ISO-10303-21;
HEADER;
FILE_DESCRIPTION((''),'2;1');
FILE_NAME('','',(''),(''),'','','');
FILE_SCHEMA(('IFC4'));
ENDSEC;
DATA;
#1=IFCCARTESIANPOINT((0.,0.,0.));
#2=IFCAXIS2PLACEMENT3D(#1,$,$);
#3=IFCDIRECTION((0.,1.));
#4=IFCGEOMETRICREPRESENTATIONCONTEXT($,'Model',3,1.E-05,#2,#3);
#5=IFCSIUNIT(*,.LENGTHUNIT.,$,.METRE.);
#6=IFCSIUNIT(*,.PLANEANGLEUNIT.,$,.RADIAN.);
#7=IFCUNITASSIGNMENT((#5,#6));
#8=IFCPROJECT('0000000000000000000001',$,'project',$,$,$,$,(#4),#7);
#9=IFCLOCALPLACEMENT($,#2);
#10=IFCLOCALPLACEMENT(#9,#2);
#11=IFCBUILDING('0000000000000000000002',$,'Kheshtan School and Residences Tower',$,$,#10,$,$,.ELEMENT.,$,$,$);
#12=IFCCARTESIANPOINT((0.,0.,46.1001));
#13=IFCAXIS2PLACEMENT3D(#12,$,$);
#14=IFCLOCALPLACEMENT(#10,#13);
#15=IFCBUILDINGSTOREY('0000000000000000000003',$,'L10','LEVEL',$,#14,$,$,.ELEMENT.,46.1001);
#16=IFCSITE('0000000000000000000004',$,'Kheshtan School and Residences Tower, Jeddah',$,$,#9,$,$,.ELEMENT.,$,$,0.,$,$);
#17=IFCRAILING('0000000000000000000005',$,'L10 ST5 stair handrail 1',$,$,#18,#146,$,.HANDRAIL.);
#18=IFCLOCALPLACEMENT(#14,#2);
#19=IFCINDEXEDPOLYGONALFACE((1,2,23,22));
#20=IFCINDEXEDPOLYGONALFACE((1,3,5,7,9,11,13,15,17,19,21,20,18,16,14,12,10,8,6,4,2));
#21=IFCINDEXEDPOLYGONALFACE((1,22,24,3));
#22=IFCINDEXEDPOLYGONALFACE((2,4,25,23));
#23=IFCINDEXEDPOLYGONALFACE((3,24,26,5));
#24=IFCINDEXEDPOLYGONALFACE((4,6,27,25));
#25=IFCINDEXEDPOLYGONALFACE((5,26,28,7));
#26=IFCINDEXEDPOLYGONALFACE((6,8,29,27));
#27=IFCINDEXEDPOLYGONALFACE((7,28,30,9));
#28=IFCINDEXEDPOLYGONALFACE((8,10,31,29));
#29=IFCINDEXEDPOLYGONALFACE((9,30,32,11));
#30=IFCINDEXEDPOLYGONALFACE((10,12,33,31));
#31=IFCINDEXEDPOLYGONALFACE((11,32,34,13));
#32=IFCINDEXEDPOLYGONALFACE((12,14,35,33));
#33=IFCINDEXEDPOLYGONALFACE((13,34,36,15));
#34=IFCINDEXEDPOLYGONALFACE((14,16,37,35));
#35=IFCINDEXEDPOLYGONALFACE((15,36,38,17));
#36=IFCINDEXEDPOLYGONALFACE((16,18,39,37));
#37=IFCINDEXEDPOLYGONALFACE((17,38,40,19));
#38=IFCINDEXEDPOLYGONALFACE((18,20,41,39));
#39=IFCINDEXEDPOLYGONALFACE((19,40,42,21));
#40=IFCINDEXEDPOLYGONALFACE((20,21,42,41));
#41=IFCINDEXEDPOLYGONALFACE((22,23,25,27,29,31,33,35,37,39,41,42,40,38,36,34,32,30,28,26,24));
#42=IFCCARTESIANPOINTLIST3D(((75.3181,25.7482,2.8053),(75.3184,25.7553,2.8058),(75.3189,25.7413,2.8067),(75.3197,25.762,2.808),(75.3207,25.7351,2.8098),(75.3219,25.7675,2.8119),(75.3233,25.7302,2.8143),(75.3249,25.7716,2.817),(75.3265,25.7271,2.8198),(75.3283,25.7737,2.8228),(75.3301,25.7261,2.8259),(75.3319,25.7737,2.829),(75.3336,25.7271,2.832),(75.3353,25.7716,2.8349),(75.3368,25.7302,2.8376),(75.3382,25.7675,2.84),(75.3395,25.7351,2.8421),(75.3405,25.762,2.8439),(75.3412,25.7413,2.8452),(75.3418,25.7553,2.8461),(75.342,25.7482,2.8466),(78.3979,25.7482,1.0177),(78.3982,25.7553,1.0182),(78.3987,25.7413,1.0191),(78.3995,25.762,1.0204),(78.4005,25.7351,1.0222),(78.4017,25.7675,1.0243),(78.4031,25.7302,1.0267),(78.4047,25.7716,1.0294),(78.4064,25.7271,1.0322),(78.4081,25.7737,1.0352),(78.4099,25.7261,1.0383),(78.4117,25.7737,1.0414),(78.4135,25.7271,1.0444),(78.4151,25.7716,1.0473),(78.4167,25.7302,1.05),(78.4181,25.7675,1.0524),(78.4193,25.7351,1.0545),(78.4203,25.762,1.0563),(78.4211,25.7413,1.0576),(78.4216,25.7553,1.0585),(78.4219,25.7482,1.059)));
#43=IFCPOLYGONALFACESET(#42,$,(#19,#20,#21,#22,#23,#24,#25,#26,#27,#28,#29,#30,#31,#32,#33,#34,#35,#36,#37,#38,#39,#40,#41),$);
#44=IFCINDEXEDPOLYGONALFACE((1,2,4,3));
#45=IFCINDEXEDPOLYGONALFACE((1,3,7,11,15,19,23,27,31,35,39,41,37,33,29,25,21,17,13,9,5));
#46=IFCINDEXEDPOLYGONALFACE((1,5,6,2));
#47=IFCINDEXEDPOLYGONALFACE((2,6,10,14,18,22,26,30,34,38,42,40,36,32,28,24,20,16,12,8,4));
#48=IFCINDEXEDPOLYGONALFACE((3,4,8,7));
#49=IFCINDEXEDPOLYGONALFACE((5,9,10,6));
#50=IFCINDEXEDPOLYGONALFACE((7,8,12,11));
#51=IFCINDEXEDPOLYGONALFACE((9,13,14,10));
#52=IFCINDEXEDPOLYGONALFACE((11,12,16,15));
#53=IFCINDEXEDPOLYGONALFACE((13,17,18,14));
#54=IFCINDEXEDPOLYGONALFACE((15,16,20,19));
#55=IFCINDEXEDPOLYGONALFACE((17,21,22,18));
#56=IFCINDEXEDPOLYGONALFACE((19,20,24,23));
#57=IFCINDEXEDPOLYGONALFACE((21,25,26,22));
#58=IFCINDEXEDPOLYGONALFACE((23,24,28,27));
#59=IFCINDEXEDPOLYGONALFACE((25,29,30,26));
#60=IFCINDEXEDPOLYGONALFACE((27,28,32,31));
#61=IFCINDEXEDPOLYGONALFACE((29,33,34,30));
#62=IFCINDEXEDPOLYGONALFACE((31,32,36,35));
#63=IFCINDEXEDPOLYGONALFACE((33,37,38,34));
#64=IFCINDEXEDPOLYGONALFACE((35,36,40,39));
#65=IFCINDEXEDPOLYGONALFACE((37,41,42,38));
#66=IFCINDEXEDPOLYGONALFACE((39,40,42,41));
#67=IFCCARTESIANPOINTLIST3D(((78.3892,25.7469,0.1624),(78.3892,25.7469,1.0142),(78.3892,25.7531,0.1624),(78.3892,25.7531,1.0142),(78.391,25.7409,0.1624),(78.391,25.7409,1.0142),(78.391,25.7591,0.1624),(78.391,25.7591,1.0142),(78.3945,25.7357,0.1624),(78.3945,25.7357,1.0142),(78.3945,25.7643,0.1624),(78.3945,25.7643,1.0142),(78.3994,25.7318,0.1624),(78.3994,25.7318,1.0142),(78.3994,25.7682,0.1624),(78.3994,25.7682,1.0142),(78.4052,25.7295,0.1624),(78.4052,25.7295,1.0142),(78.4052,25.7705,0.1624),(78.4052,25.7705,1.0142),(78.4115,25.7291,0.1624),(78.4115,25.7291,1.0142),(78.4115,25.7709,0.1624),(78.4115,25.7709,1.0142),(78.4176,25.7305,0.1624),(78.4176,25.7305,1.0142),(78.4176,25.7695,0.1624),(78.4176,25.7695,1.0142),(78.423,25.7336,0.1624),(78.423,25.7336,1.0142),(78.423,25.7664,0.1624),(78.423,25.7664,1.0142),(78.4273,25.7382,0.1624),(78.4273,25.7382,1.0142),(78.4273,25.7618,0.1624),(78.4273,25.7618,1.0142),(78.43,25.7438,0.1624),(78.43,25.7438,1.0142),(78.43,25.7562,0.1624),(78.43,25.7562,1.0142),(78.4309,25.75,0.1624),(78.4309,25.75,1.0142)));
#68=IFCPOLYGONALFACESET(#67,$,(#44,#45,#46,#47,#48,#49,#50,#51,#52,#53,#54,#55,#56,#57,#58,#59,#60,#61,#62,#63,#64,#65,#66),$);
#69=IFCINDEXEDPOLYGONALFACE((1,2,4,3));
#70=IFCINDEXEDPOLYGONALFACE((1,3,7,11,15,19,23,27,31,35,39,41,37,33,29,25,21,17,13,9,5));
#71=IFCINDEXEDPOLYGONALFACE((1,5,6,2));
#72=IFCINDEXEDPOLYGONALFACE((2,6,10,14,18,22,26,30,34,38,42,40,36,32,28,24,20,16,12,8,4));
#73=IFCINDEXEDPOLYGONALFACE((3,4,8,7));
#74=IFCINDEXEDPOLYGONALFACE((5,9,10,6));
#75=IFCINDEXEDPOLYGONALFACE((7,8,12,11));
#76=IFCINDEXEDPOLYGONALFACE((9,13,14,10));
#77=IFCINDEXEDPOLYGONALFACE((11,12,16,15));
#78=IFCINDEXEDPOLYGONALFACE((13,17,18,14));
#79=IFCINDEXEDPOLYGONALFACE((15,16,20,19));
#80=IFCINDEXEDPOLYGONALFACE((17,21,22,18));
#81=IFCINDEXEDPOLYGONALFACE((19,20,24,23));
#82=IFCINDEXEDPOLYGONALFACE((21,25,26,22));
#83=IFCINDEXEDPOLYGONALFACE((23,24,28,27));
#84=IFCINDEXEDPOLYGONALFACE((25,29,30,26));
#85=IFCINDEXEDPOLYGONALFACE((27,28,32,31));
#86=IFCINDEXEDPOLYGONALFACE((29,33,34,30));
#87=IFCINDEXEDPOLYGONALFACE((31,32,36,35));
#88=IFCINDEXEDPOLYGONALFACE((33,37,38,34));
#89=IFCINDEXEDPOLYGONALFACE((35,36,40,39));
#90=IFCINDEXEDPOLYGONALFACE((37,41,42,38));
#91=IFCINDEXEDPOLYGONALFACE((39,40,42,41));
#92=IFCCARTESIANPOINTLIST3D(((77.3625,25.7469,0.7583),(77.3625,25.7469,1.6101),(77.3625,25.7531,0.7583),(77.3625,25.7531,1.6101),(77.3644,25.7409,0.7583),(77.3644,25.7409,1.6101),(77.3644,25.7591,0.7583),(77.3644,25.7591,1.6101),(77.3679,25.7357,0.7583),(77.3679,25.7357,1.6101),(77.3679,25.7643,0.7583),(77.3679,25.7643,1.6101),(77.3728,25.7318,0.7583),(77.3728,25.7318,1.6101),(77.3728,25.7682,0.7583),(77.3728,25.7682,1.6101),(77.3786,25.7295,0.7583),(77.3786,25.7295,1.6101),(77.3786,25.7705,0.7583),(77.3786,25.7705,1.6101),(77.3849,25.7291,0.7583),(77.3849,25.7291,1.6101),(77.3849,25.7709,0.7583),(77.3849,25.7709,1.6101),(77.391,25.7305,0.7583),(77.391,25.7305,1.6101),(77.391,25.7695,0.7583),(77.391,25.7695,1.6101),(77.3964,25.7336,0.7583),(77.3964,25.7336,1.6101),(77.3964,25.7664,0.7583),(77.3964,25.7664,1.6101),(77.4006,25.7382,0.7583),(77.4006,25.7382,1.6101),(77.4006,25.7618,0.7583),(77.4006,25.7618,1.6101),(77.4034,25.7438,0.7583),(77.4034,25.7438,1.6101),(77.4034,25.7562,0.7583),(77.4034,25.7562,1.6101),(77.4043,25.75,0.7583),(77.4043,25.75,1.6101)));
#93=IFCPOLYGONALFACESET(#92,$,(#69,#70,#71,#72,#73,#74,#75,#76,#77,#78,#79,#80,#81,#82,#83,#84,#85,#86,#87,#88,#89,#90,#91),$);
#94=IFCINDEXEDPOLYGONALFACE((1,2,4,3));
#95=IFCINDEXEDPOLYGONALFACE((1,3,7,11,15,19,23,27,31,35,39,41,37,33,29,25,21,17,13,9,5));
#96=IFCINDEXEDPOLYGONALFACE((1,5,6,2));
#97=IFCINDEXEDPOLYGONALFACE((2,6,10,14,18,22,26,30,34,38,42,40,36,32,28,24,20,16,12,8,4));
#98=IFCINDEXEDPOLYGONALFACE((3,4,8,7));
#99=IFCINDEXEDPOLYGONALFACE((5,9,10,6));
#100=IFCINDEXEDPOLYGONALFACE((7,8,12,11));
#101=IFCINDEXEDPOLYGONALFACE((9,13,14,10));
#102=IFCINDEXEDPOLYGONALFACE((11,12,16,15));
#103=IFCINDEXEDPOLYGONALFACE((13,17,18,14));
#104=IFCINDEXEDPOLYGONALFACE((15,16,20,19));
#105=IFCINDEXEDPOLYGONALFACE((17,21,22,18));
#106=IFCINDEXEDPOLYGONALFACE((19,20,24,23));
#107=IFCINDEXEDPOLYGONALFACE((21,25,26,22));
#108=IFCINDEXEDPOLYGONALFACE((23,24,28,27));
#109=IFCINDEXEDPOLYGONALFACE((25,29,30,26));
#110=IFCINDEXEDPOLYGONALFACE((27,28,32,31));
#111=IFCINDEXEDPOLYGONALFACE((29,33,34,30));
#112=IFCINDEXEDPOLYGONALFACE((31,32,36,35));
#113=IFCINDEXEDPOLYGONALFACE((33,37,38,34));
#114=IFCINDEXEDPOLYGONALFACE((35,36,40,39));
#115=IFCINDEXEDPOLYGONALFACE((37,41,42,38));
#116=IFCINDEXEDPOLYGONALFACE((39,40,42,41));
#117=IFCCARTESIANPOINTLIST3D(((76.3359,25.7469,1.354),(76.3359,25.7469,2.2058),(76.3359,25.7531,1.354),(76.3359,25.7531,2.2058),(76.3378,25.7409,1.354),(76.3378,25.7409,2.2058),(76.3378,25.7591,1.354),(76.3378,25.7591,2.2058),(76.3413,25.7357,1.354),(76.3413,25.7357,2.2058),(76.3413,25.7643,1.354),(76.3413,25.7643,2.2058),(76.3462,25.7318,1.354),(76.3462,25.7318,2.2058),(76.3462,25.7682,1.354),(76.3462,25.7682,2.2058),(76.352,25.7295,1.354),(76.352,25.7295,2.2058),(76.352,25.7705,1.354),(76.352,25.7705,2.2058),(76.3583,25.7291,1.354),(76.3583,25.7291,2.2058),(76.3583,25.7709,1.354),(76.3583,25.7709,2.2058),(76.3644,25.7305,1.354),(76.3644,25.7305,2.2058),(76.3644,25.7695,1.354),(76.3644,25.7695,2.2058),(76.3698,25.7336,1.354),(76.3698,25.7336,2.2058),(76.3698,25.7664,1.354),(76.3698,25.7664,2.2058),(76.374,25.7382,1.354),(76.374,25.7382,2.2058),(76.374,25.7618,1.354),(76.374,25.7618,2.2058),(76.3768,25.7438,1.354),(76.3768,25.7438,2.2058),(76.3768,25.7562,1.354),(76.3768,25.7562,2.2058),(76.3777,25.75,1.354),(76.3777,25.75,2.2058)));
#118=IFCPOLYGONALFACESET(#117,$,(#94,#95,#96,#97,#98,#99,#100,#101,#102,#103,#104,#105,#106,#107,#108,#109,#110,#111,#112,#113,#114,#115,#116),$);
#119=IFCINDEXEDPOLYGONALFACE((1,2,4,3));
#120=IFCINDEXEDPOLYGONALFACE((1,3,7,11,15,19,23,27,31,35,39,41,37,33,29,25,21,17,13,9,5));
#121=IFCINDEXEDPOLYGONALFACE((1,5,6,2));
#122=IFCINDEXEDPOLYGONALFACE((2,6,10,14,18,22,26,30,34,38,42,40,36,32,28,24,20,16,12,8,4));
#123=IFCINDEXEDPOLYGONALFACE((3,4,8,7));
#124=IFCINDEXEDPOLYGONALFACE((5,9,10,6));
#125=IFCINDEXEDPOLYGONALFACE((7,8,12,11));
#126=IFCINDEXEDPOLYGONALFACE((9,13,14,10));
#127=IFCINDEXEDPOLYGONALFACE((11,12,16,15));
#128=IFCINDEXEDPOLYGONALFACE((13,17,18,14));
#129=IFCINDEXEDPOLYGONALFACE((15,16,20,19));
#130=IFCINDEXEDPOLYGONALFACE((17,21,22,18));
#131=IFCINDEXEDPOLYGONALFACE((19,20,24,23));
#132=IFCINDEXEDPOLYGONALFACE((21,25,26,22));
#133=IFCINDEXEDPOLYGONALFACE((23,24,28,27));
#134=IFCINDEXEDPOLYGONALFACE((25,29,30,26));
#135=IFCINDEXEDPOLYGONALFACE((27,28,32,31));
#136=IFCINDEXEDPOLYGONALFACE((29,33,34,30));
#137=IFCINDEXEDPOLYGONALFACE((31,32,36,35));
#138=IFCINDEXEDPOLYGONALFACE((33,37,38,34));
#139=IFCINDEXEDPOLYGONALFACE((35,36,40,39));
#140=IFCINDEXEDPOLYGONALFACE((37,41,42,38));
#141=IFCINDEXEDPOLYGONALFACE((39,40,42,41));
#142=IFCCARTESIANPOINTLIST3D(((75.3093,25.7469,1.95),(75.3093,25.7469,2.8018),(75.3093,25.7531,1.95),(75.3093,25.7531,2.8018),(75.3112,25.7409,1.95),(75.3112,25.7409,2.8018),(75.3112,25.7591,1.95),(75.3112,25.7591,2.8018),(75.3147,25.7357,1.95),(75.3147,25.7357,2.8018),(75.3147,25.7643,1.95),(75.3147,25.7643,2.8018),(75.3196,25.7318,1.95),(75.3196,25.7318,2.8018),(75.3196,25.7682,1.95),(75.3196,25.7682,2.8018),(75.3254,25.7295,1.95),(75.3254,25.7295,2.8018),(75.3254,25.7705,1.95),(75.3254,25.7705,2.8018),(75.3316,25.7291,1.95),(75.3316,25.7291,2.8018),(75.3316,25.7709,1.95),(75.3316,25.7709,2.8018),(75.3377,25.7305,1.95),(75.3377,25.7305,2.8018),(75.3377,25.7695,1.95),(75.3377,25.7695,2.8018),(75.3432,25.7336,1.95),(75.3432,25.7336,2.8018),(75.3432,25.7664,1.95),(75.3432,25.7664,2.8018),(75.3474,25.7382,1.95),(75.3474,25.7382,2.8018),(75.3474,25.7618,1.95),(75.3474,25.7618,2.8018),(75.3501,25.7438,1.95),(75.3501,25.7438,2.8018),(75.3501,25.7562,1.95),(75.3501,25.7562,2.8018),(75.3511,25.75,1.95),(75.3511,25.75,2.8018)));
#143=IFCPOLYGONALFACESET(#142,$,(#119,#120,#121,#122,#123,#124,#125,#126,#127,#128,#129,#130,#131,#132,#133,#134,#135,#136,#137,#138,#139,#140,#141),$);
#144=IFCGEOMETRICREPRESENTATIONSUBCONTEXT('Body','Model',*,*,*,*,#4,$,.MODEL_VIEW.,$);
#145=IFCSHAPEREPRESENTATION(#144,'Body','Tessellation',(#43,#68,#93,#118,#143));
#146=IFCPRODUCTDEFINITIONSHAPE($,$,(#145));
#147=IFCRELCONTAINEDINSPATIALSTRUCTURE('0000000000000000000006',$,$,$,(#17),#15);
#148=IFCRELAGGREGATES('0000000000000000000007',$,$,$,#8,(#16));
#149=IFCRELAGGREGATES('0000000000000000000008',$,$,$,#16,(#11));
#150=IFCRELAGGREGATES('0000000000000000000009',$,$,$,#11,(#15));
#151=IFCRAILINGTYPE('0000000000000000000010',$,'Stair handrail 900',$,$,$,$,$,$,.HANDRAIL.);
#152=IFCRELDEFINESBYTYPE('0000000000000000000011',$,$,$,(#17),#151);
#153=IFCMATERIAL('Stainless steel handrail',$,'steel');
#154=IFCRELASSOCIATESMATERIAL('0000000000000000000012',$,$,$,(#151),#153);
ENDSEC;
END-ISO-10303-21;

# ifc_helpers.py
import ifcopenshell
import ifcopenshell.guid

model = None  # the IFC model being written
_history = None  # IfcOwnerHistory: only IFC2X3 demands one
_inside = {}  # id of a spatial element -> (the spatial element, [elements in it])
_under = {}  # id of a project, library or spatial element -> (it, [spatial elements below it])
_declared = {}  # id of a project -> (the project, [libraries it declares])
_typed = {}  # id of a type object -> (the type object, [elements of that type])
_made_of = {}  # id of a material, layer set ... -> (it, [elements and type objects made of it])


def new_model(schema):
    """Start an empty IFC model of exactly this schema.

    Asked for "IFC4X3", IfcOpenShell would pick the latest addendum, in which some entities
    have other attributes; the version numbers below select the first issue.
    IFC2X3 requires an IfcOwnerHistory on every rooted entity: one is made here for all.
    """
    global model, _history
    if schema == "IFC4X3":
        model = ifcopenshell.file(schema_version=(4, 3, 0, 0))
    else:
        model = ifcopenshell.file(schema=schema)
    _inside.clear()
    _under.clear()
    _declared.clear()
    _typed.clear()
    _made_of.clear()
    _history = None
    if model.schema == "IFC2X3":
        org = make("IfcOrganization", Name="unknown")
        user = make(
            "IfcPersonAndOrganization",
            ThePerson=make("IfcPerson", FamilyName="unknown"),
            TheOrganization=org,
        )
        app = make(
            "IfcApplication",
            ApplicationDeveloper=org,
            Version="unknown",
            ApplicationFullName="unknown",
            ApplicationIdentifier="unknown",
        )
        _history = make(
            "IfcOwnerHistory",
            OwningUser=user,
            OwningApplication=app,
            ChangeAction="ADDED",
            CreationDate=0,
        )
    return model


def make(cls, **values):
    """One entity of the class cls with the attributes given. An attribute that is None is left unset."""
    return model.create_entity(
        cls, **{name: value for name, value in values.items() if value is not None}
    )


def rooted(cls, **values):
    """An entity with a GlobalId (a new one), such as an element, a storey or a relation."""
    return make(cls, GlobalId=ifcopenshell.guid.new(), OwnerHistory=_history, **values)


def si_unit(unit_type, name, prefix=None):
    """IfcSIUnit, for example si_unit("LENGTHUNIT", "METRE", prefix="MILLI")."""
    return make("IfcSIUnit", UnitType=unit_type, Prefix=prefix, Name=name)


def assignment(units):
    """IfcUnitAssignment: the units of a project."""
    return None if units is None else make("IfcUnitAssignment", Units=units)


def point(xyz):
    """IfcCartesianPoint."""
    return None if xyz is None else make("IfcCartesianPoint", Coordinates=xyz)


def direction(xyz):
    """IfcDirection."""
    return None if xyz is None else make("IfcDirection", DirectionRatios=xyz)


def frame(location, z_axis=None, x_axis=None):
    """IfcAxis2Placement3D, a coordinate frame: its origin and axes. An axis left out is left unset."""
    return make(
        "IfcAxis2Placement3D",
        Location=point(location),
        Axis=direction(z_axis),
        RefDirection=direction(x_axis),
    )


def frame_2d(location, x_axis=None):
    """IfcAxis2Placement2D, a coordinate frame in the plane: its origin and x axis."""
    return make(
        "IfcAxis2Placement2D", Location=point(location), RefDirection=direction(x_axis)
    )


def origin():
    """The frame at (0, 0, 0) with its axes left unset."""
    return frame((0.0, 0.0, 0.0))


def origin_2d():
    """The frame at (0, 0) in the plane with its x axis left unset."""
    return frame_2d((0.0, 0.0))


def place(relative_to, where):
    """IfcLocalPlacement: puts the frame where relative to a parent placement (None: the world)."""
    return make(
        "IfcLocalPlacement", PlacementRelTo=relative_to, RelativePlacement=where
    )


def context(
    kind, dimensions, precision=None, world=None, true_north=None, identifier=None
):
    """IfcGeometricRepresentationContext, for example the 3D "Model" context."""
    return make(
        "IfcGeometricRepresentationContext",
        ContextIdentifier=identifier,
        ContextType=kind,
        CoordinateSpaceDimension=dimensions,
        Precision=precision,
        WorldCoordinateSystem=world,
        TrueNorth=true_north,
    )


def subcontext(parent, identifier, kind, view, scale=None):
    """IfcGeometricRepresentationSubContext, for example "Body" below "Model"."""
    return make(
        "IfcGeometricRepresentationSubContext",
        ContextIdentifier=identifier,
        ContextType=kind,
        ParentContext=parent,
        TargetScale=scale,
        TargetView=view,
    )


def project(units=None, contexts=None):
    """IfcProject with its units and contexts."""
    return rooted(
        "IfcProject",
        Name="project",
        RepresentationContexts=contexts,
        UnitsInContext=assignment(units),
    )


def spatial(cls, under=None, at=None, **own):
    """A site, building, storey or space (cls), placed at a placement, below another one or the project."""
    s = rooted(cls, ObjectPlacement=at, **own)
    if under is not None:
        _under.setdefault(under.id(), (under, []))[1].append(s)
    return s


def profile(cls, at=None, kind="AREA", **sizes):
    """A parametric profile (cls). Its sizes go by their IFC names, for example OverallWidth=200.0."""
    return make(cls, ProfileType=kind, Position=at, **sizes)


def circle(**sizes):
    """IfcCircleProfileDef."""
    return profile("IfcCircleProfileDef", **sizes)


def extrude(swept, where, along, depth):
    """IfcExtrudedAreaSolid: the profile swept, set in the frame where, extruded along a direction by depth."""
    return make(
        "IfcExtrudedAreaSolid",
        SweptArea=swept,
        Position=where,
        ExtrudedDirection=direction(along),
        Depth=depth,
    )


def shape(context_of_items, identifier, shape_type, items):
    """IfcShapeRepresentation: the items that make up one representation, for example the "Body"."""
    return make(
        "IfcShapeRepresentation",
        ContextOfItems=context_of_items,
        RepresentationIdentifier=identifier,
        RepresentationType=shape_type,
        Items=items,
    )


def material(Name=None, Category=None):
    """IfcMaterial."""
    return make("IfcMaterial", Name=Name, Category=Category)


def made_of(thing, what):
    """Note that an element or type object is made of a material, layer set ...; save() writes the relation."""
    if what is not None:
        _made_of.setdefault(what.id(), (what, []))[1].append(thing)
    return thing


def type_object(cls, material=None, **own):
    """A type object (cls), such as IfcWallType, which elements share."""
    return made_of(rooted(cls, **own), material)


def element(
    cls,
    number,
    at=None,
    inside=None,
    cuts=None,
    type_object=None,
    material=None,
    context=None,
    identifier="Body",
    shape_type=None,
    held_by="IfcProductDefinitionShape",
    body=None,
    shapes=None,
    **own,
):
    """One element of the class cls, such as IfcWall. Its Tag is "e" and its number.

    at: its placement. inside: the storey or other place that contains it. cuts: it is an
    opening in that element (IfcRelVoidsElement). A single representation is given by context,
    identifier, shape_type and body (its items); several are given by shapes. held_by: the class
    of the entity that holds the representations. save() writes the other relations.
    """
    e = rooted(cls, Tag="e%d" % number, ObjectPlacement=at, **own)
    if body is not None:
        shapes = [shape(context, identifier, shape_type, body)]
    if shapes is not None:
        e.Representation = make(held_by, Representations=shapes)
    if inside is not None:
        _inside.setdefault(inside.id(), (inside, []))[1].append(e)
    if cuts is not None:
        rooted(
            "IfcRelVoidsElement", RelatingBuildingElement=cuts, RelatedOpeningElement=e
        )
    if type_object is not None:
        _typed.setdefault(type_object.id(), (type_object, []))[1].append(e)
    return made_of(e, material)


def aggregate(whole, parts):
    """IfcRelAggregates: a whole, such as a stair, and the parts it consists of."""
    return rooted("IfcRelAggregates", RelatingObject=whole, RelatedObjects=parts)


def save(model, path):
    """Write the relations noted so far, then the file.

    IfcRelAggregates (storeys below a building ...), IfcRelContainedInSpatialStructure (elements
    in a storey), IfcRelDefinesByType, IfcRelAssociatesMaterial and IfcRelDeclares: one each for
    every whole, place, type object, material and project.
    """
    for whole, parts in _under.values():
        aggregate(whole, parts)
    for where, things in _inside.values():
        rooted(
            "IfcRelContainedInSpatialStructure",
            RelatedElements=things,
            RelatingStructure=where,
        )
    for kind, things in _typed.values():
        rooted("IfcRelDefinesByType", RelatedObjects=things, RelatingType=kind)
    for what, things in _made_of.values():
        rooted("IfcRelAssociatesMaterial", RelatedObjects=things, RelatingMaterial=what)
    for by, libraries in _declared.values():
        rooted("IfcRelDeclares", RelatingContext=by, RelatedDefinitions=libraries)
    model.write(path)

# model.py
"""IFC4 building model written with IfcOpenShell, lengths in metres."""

from ifc_helpers import new_model, si_unit, direction, frame, origin, origin_2d, place, context, subcontext, project, spatial, circle, extrude, material, type_object, element, save


model = new_model("IFC4")

# Units and contexts
model_context = context("Model", 3, precision=1e-05, world=origin(), true_north=direction((0.0, 1.0)))
body_context = subcontext(model_context, "Body", "Model", "MODEL_VIEW")
ifc_project = project(units=[si_unit("LENGTHUNIT", "METRE"), si_unit("PLANEANGLEUNIT", "RADIAN")], contexts=[model_context])

# Site, building, storey
site_placement = place(None, origin())
site = spatial("IfcSite", under=ifc_project, at=site_placement, Name="Kheshtan School and Residences Tower, Jeddah", CompositionType="ELEMENT", RefElevation=0.0)
building_placement = place(site_placement, origin())
building = spatial("IfcBuilding", under=site, at=building_placement, Name="Kheshtan School and Residences Tower", CompositionType="ELEMENT")
storey_placement = place(building_placement, frame((0.0, 0.0, 46.1001)))
storey = spatial("IfcBuildingStorey", under=building, at=storey_placement, Name="L10", Description="LEVEL", CompositionType="ELEMENT", Elevation=46.1001)

# Railing
ifc_material_1 = material(Name="Stainless steel handrail", Category="steel")
railing_type_1 = type_object("IfcRailingType", Name="Stair handrail 900", PredefinedType="HANDRAIL", material=ifc_material_1)
railing_1_placement = place(storey_placement, frame((78.4099, 25.75, 0.1624)))
element("IfcRailing", 1, at=railing_1_placement, inside=storey, type_object=railing_type_1, Name="L10 ST5 stair handrail 1", PredefinedType="HANDRAIL", context=body_context, shape_type="SweptSolid", body=[
    extrude(circle(Radius=0.0239, at=origin_2d()), frame((0.0, 0.0, 0.876), z_axis=(-0.864873, 0.0, 0.50199), x_axis=(0.0, -1.0, 0.0)), (0.0, 0.0, 1.0), 3.561),
    extrude(circle(Radius=0.021, at=origin_2d()), origin(), (0.0, 0.0, 1.0), 0.8518),
    extrude(circle(Radius=0.021, at=origin_2d()), frame((-1.0266, 0.0, 0.5959)), (0.0, 0.0, 1.0), 0.8518),
    extrude(circle(Radius=0.021, at=origin_2d()), frame((-2.0532, 0.0, 1.1917)), (0.0, 0.0, 1.0), 0.8518),
    extrude(circle(Radius=0.021, at=origin_2d()), frame((-3.0798, 0.0, 1.7876)), (0.0, 0.0, 1.0), 0.8518),
])

save(model, "model.ifc")
